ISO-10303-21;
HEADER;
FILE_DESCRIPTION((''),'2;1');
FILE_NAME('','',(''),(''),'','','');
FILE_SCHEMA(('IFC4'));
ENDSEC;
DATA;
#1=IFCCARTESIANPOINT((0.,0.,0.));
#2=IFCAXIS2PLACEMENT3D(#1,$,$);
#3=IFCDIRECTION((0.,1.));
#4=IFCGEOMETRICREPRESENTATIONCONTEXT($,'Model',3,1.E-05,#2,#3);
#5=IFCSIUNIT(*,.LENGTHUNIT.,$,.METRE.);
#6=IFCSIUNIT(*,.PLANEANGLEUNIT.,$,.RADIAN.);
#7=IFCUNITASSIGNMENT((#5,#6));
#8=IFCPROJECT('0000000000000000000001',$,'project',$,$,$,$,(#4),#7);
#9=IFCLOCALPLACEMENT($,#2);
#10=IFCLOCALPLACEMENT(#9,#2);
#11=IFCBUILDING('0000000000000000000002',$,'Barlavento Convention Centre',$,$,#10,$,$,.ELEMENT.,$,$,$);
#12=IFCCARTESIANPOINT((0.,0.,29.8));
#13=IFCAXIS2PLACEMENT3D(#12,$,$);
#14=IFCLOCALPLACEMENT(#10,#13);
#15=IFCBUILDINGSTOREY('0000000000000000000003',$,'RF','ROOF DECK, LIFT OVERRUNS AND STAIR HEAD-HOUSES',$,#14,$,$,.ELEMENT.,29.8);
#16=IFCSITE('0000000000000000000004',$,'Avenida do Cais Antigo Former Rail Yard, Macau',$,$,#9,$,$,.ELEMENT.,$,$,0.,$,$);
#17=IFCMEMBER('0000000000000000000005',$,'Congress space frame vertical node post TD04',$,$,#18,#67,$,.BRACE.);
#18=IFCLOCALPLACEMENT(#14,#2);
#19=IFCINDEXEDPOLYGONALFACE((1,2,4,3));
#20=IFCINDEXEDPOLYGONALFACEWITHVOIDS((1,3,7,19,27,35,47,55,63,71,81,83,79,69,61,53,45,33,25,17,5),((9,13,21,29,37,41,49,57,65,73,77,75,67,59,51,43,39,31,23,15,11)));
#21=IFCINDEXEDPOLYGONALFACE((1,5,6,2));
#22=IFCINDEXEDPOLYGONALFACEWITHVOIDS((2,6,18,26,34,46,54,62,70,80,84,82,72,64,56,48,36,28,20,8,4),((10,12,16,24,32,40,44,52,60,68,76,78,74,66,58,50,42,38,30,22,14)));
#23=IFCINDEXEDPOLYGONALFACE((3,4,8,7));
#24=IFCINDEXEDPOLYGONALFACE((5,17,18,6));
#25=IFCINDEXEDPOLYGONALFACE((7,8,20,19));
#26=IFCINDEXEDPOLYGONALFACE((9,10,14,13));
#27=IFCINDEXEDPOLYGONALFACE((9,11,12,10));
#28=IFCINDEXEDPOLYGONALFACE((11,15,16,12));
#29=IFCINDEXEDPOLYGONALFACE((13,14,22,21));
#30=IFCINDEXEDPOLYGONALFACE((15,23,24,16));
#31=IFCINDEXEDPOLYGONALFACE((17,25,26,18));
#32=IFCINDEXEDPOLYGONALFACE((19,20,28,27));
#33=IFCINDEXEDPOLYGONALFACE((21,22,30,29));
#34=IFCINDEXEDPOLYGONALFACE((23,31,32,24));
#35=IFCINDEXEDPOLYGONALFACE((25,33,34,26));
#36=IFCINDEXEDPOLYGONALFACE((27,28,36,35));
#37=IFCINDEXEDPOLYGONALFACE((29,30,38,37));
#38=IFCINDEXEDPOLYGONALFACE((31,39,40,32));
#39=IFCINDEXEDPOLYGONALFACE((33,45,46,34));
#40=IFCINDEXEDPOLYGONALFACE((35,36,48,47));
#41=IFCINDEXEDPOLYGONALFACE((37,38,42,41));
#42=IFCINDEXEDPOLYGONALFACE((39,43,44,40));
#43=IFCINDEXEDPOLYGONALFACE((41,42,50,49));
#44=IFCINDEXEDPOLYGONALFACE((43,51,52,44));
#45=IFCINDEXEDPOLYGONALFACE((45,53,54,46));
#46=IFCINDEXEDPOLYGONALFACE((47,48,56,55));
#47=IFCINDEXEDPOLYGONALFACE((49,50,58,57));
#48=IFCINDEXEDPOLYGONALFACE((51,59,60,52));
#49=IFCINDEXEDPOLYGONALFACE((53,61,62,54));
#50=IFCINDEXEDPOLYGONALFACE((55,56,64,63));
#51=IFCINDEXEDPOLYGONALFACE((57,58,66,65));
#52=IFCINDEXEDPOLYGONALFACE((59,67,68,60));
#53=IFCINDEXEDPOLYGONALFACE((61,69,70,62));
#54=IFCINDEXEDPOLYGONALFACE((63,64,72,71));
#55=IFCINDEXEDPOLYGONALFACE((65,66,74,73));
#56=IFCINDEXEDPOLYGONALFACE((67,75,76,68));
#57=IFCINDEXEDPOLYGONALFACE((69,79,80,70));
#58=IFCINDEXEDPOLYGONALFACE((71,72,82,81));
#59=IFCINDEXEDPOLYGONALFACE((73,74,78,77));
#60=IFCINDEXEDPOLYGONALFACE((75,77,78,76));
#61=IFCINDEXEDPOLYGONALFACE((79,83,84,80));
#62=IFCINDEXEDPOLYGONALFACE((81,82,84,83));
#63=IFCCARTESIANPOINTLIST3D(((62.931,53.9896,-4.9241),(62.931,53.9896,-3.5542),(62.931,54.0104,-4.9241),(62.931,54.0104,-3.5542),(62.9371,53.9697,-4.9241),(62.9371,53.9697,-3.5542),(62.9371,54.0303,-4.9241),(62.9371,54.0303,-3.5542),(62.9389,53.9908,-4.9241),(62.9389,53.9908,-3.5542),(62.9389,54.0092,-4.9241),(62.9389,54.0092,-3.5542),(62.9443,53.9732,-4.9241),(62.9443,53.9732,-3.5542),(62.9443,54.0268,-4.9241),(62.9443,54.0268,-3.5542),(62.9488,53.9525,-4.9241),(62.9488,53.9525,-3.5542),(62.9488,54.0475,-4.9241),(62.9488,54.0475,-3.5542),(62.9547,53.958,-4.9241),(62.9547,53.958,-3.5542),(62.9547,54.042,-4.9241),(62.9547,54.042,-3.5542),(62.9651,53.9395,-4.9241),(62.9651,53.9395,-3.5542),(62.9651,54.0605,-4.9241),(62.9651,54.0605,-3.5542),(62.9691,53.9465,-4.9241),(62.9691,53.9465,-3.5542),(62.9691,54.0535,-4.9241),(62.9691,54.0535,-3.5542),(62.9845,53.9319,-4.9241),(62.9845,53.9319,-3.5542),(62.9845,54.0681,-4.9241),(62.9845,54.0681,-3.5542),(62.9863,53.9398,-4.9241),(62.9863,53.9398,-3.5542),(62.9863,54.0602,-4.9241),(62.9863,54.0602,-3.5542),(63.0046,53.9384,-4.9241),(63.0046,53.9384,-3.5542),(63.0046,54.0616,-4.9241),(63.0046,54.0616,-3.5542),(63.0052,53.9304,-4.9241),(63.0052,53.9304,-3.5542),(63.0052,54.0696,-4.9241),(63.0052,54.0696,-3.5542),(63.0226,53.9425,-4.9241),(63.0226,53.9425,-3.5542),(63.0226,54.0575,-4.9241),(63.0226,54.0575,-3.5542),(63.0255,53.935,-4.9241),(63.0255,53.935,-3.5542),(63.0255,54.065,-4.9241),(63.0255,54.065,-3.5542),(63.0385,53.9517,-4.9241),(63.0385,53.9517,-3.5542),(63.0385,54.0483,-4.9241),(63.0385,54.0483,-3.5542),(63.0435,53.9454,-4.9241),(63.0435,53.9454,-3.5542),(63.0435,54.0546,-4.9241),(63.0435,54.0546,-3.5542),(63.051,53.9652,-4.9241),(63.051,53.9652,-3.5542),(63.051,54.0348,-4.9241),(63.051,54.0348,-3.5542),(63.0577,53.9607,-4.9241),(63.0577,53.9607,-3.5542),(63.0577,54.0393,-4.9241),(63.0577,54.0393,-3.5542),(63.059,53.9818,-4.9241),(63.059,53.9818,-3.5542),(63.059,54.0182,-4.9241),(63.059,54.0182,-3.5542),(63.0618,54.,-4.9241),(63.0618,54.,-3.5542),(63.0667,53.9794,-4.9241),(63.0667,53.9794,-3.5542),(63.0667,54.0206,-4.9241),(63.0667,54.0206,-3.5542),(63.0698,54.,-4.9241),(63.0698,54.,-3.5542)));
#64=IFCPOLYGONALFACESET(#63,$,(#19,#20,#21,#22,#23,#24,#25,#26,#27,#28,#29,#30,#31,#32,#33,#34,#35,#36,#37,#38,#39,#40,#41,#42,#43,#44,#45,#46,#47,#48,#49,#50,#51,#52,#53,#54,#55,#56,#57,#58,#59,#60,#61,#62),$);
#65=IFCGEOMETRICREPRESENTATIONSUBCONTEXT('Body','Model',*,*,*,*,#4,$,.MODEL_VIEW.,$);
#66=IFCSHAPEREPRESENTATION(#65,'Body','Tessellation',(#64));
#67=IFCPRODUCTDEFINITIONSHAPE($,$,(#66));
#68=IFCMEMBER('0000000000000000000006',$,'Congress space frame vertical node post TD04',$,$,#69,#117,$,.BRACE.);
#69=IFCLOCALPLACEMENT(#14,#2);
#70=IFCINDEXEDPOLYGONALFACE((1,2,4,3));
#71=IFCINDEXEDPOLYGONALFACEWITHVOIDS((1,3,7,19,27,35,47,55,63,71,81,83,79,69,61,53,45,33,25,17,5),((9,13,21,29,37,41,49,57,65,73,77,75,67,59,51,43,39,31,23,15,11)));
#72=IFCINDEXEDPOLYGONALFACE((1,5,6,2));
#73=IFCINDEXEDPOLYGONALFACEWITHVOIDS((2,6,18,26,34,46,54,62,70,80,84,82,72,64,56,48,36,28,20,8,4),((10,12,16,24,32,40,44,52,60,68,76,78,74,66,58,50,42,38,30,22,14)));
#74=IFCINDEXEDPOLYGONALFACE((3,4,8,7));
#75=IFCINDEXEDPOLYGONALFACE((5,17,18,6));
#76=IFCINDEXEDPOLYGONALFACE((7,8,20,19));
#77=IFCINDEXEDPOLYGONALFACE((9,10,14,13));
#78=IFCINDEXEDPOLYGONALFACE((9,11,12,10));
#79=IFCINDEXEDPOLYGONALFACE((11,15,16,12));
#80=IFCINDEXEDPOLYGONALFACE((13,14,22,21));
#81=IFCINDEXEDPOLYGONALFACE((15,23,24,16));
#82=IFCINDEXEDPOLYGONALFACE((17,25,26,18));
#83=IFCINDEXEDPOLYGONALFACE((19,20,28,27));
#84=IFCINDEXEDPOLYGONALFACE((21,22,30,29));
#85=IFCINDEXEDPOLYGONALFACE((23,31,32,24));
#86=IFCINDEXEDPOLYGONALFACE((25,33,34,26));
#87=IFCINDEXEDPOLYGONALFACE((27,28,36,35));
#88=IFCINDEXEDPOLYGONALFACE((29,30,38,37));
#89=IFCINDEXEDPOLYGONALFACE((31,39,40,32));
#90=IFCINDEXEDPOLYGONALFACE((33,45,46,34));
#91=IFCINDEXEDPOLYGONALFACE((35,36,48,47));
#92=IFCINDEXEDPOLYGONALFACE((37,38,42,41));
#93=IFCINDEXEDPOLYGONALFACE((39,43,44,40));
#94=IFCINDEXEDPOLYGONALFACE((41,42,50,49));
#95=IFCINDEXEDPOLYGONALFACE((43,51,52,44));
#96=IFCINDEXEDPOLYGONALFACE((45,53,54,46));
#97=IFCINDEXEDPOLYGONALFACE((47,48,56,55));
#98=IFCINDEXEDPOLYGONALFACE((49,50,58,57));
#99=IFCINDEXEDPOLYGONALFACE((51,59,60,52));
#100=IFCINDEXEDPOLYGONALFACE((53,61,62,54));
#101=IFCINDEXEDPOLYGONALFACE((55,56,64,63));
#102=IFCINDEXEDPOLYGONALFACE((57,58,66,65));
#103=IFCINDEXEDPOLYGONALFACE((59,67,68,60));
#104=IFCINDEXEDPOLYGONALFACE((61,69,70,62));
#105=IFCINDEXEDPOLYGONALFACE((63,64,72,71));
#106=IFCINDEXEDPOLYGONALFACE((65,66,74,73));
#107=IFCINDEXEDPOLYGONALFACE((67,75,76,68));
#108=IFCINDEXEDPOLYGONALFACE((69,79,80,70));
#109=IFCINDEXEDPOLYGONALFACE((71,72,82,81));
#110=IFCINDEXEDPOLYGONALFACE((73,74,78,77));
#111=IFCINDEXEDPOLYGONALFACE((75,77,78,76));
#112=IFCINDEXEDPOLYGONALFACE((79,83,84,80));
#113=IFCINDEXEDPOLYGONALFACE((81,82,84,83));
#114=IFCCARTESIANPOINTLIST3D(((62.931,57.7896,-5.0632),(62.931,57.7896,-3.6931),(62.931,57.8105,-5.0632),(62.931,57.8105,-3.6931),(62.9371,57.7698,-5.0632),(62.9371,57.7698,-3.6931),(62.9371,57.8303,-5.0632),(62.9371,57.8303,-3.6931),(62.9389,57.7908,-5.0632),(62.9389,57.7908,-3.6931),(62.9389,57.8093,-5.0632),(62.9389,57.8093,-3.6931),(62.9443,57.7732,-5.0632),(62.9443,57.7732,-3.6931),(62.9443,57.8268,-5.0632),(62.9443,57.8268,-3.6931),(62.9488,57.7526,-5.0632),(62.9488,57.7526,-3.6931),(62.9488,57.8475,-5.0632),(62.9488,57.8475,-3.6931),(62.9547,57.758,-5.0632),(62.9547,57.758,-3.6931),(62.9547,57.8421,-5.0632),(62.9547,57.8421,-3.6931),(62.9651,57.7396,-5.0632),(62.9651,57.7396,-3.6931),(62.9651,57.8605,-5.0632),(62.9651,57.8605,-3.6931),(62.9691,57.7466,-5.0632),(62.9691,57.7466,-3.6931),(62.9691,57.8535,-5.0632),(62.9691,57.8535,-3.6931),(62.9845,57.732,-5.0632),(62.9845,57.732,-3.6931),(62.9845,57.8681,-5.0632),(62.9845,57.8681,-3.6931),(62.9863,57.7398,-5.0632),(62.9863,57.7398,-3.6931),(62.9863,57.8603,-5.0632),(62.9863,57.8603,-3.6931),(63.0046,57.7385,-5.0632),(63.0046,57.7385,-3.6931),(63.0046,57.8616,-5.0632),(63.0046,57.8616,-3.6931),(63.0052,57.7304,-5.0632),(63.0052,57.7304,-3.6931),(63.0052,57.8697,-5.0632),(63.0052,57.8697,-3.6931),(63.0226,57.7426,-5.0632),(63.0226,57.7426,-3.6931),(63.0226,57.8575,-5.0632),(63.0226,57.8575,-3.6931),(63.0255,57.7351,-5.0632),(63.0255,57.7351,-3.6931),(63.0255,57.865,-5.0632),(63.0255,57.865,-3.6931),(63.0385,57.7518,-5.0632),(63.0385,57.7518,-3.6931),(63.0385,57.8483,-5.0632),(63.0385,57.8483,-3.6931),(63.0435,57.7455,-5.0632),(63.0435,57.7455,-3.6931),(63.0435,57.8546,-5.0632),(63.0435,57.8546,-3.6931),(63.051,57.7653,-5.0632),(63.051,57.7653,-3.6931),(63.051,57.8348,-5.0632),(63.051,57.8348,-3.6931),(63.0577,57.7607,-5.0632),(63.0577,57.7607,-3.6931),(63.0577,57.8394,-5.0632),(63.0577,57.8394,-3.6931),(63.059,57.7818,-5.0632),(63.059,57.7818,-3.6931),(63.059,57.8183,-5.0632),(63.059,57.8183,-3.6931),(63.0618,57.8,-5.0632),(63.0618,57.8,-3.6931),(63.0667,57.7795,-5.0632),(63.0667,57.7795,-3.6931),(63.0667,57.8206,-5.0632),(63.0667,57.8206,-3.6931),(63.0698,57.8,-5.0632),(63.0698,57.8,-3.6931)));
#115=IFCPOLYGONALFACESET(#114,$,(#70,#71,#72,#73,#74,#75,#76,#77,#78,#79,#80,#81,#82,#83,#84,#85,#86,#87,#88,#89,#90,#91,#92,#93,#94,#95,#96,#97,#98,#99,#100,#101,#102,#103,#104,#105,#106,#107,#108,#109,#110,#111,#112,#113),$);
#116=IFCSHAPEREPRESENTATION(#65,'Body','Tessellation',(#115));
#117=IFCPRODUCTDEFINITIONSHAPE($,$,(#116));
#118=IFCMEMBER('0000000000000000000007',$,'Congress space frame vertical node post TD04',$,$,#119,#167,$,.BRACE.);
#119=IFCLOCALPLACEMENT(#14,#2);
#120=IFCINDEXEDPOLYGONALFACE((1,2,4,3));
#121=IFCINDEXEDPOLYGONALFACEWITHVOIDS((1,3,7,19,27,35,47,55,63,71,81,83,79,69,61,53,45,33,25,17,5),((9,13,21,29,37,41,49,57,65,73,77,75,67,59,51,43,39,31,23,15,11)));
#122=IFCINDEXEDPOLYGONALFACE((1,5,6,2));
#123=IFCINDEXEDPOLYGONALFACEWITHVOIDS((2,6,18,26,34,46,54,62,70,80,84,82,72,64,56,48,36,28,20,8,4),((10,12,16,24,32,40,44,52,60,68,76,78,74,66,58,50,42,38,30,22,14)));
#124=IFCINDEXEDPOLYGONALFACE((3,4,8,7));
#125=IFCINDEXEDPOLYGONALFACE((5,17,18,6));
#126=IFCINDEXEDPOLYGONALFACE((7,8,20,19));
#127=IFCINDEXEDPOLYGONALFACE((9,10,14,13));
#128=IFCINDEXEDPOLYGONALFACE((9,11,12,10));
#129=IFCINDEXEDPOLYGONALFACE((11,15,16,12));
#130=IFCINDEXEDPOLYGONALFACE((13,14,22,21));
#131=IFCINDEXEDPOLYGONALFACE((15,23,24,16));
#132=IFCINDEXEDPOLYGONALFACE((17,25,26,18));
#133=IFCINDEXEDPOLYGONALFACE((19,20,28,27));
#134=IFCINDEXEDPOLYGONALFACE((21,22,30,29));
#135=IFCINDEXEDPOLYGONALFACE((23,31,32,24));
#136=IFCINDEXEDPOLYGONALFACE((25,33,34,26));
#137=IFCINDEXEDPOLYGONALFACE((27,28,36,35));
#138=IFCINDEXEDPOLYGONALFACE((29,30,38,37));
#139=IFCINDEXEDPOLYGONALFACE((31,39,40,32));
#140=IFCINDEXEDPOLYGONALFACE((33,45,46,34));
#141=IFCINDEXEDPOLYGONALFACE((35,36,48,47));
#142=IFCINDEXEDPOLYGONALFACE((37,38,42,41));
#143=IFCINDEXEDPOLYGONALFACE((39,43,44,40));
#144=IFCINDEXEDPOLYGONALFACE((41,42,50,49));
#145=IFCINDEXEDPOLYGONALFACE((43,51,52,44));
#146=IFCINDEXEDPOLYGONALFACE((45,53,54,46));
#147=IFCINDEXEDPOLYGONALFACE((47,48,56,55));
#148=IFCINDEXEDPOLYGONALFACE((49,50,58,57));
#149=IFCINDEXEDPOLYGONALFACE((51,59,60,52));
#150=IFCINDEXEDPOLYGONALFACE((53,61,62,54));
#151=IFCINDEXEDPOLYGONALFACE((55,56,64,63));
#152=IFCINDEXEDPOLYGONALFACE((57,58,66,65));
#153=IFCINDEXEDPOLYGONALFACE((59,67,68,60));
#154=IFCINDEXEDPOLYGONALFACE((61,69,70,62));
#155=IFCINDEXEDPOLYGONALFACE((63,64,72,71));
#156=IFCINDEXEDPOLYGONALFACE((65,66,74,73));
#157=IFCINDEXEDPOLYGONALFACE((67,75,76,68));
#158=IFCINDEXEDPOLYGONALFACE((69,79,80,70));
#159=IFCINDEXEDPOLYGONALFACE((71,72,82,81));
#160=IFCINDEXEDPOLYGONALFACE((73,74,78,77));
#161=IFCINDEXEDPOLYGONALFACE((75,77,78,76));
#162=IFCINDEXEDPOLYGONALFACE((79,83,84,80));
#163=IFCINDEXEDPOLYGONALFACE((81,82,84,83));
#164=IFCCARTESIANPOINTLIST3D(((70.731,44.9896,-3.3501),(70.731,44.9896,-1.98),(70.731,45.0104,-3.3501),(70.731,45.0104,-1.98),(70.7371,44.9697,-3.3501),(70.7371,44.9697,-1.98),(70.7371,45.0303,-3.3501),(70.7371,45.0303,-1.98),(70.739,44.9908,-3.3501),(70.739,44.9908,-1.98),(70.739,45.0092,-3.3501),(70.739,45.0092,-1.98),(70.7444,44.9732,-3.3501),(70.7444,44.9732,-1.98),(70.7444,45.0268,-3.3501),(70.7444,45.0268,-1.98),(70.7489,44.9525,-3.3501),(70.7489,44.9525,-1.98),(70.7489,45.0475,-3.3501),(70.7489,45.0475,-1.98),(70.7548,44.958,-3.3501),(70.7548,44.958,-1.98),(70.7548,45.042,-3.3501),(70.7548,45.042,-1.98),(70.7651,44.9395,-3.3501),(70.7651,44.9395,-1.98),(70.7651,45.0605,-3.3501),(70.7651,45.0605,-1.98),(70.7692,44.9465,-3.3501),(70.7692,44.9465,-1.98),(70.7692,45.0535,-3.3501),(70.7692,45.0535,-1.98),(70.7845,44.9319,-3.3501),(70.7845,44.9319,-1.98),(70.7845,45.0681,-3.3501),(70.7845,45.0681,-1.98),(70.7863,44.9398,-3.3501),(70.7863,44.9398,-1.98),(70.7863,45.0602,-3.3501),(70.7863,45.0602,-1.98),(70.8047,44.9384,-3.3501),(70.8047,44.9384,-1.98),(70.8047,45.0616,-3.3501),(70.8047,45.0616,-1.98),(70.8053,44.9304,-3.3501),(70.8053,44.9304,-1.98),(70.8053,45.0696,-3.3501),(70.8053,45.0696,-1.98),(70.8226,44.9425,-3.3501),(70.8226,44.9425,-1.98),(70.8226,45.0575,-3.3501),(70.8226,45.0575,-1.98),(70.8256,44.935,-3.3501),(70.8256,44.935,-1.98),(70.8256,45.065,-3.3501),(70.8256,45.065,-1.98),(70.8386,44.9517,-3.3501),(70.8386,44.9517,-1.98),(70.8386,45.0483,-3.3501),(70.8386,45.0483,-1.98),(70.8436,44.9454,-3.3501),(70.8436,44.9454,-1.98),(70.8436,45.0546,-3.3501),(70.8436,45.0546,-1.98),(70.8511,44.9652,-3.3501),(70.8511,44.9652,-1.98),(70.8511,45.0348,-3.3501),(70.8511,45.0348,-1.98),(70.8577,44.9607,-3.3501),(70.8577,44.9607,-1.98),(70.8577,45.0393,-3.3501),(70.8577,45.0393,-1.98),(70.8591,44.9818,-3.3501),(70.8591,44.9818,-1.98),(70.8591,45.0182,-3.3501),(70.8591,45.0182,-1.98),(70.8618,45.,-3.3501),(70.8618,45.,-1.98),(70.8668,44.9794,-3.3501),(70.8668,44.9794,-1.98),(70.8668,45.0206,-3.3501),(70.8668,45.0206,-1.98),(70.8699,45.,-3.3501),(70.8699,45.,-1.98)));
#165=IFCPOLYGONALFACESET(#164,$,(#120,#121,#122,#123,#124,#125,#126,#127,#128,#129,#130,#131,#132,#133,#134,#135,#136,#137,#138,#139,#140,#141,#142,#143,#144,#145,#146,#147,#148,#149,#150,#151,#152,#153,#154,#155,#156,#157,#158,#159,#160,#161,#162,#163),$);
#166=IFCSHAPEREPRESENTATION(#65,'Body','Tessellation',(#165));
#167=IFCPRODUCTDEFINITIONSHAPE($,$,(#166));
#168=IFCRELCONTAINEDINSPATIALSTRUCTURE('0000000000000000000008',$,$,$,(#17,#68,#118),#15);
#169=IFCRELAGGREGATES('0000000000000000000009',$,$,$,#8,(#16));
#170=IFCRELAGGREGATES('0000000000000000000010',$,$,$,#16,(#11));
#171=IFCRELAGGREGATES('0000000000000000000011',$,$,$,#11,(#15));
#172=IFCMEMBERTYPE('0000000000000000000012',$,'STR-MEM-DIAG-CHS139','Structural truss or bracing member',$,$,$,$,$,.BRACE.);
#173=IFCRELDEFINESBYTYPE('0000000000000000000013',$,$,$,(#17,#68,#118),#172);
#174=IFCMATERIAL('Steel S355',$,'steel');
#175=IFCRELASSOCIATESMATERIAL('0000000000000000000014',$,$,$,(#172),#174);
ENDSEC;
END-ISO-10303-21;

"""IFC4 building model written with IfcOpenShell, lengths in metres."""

from ifc_helpers import new_model, si_unit, direction, frame, origin, origin_2d, place, context, subcontext, project, spatial, hollow_circle, extrude, material, material_profile, profile_set, type_object, element, save


model = new_model("IFC4")

# Units and contexts
model_context = context("Model", 3, precision=1e-05, world=origin(), true_north=direction((0.0, 1.0)))
body_context = subcontext(model_context, "Body", "Model", "MODEL_VIEW")
ifc_project = project(units=[si_unit("LENGTHUNIT", "METRE"), si_unit("PLANEANGLEUNIT", "RADIAN")], contexts=[model_context])

# Site, building, storey
site_placement = place(None, origin())
site = spatial("IfcSite", under=ifc_project, at=site_placement, Name="Avenida do Cais Antigo Former Rail Yard, Macau", CompositionType="ELEMENT", RefElevation=0.0)
building_placement = place(site_placement, origin())
building = spatial("IfcBuilding", under=site, at=building_placement, Name="Barlavento Convention Centre", CompositionType="ELEMENT")
storey_placement = place(building_placement, frame((0.0, 0.0, 29.8)))
storey = spatial("IfcBuildingStorey", under=building, at=storey_placement, Name="RF", Description="ROOF DECK, LIFT OVERRUNS AND STAIR HEAD-HOUSES", CompositionType="ELEMENT", Elevation=29.8)

# Shared definitions
ifc_material = material(Name="Steel S355", Category="steel")

# Members
ifc_material_profile_1 = material_profile(ifc_material, hollow_circle(Radius=0.0698, WallThickness=0.0081, at=origin_2d()), Name="CHS 139.7x8.0")
ifc_profile_set_1 = profile_set([ifc_material_profile_1], Name="Steel S355")
member_type_1 = type_object("IfcMemberType", Name="STR-MEM-DIAG-CHS139", Description="Structural truss or bracing member", PredefinedType="BRACE", material=ifc_profile_set_1)
member_1_placement = place(storey_placement, frame((63.0, 54.0, -4.9241), z_axis=(0.0, 0.0, 1.0), x_axis=(1.0, 0.0, 0.0)))
element("IfcMember", 1, at=member_1_placement, inside=storey, type_object=member_type_1, Name="Congress space frame vertical node post TD04", PredefinedType="BRACE", context=body_context, shape_type="SweptSolid", body=[
    extrude(hollow_circle(Radius=0.0698, WallThickness=0.0081, at=origin_2d()), origin(), (0.0, 0.0, 1.0), 1.3699),
])
for number, where, z_axis, x_axis, name in (
    (2, (63.0, 57.8, -5.0632), (0.0, 0.0, 1.0), (1.0, 0.0, 0.0), "Congress space frame vertical node post TD04"),
    (3, (70.8, 45.0, -3.3501), (0.0, 0.0, 1.0), (1.0, 0.0, 0.0), "Congress space frame vertical node post TD04"),
):
    element("IfcMember", number, at=place(storey_placement, frame(where, z_axis=z_axis, x_axis=x_axis)), inside=storey, type_object=member_type_1, Name=name, PredefinedType="BRACE", context=body_context, shape_type="SweptSolid", body=[
        extrude(hollow_circle(Radius=0.0698, WallThickness=0.0081, at=origin_2d()), origin(), (0.0, 0.0, 1.0), 1.3701),
    ])

save(model, "model.ifc")
